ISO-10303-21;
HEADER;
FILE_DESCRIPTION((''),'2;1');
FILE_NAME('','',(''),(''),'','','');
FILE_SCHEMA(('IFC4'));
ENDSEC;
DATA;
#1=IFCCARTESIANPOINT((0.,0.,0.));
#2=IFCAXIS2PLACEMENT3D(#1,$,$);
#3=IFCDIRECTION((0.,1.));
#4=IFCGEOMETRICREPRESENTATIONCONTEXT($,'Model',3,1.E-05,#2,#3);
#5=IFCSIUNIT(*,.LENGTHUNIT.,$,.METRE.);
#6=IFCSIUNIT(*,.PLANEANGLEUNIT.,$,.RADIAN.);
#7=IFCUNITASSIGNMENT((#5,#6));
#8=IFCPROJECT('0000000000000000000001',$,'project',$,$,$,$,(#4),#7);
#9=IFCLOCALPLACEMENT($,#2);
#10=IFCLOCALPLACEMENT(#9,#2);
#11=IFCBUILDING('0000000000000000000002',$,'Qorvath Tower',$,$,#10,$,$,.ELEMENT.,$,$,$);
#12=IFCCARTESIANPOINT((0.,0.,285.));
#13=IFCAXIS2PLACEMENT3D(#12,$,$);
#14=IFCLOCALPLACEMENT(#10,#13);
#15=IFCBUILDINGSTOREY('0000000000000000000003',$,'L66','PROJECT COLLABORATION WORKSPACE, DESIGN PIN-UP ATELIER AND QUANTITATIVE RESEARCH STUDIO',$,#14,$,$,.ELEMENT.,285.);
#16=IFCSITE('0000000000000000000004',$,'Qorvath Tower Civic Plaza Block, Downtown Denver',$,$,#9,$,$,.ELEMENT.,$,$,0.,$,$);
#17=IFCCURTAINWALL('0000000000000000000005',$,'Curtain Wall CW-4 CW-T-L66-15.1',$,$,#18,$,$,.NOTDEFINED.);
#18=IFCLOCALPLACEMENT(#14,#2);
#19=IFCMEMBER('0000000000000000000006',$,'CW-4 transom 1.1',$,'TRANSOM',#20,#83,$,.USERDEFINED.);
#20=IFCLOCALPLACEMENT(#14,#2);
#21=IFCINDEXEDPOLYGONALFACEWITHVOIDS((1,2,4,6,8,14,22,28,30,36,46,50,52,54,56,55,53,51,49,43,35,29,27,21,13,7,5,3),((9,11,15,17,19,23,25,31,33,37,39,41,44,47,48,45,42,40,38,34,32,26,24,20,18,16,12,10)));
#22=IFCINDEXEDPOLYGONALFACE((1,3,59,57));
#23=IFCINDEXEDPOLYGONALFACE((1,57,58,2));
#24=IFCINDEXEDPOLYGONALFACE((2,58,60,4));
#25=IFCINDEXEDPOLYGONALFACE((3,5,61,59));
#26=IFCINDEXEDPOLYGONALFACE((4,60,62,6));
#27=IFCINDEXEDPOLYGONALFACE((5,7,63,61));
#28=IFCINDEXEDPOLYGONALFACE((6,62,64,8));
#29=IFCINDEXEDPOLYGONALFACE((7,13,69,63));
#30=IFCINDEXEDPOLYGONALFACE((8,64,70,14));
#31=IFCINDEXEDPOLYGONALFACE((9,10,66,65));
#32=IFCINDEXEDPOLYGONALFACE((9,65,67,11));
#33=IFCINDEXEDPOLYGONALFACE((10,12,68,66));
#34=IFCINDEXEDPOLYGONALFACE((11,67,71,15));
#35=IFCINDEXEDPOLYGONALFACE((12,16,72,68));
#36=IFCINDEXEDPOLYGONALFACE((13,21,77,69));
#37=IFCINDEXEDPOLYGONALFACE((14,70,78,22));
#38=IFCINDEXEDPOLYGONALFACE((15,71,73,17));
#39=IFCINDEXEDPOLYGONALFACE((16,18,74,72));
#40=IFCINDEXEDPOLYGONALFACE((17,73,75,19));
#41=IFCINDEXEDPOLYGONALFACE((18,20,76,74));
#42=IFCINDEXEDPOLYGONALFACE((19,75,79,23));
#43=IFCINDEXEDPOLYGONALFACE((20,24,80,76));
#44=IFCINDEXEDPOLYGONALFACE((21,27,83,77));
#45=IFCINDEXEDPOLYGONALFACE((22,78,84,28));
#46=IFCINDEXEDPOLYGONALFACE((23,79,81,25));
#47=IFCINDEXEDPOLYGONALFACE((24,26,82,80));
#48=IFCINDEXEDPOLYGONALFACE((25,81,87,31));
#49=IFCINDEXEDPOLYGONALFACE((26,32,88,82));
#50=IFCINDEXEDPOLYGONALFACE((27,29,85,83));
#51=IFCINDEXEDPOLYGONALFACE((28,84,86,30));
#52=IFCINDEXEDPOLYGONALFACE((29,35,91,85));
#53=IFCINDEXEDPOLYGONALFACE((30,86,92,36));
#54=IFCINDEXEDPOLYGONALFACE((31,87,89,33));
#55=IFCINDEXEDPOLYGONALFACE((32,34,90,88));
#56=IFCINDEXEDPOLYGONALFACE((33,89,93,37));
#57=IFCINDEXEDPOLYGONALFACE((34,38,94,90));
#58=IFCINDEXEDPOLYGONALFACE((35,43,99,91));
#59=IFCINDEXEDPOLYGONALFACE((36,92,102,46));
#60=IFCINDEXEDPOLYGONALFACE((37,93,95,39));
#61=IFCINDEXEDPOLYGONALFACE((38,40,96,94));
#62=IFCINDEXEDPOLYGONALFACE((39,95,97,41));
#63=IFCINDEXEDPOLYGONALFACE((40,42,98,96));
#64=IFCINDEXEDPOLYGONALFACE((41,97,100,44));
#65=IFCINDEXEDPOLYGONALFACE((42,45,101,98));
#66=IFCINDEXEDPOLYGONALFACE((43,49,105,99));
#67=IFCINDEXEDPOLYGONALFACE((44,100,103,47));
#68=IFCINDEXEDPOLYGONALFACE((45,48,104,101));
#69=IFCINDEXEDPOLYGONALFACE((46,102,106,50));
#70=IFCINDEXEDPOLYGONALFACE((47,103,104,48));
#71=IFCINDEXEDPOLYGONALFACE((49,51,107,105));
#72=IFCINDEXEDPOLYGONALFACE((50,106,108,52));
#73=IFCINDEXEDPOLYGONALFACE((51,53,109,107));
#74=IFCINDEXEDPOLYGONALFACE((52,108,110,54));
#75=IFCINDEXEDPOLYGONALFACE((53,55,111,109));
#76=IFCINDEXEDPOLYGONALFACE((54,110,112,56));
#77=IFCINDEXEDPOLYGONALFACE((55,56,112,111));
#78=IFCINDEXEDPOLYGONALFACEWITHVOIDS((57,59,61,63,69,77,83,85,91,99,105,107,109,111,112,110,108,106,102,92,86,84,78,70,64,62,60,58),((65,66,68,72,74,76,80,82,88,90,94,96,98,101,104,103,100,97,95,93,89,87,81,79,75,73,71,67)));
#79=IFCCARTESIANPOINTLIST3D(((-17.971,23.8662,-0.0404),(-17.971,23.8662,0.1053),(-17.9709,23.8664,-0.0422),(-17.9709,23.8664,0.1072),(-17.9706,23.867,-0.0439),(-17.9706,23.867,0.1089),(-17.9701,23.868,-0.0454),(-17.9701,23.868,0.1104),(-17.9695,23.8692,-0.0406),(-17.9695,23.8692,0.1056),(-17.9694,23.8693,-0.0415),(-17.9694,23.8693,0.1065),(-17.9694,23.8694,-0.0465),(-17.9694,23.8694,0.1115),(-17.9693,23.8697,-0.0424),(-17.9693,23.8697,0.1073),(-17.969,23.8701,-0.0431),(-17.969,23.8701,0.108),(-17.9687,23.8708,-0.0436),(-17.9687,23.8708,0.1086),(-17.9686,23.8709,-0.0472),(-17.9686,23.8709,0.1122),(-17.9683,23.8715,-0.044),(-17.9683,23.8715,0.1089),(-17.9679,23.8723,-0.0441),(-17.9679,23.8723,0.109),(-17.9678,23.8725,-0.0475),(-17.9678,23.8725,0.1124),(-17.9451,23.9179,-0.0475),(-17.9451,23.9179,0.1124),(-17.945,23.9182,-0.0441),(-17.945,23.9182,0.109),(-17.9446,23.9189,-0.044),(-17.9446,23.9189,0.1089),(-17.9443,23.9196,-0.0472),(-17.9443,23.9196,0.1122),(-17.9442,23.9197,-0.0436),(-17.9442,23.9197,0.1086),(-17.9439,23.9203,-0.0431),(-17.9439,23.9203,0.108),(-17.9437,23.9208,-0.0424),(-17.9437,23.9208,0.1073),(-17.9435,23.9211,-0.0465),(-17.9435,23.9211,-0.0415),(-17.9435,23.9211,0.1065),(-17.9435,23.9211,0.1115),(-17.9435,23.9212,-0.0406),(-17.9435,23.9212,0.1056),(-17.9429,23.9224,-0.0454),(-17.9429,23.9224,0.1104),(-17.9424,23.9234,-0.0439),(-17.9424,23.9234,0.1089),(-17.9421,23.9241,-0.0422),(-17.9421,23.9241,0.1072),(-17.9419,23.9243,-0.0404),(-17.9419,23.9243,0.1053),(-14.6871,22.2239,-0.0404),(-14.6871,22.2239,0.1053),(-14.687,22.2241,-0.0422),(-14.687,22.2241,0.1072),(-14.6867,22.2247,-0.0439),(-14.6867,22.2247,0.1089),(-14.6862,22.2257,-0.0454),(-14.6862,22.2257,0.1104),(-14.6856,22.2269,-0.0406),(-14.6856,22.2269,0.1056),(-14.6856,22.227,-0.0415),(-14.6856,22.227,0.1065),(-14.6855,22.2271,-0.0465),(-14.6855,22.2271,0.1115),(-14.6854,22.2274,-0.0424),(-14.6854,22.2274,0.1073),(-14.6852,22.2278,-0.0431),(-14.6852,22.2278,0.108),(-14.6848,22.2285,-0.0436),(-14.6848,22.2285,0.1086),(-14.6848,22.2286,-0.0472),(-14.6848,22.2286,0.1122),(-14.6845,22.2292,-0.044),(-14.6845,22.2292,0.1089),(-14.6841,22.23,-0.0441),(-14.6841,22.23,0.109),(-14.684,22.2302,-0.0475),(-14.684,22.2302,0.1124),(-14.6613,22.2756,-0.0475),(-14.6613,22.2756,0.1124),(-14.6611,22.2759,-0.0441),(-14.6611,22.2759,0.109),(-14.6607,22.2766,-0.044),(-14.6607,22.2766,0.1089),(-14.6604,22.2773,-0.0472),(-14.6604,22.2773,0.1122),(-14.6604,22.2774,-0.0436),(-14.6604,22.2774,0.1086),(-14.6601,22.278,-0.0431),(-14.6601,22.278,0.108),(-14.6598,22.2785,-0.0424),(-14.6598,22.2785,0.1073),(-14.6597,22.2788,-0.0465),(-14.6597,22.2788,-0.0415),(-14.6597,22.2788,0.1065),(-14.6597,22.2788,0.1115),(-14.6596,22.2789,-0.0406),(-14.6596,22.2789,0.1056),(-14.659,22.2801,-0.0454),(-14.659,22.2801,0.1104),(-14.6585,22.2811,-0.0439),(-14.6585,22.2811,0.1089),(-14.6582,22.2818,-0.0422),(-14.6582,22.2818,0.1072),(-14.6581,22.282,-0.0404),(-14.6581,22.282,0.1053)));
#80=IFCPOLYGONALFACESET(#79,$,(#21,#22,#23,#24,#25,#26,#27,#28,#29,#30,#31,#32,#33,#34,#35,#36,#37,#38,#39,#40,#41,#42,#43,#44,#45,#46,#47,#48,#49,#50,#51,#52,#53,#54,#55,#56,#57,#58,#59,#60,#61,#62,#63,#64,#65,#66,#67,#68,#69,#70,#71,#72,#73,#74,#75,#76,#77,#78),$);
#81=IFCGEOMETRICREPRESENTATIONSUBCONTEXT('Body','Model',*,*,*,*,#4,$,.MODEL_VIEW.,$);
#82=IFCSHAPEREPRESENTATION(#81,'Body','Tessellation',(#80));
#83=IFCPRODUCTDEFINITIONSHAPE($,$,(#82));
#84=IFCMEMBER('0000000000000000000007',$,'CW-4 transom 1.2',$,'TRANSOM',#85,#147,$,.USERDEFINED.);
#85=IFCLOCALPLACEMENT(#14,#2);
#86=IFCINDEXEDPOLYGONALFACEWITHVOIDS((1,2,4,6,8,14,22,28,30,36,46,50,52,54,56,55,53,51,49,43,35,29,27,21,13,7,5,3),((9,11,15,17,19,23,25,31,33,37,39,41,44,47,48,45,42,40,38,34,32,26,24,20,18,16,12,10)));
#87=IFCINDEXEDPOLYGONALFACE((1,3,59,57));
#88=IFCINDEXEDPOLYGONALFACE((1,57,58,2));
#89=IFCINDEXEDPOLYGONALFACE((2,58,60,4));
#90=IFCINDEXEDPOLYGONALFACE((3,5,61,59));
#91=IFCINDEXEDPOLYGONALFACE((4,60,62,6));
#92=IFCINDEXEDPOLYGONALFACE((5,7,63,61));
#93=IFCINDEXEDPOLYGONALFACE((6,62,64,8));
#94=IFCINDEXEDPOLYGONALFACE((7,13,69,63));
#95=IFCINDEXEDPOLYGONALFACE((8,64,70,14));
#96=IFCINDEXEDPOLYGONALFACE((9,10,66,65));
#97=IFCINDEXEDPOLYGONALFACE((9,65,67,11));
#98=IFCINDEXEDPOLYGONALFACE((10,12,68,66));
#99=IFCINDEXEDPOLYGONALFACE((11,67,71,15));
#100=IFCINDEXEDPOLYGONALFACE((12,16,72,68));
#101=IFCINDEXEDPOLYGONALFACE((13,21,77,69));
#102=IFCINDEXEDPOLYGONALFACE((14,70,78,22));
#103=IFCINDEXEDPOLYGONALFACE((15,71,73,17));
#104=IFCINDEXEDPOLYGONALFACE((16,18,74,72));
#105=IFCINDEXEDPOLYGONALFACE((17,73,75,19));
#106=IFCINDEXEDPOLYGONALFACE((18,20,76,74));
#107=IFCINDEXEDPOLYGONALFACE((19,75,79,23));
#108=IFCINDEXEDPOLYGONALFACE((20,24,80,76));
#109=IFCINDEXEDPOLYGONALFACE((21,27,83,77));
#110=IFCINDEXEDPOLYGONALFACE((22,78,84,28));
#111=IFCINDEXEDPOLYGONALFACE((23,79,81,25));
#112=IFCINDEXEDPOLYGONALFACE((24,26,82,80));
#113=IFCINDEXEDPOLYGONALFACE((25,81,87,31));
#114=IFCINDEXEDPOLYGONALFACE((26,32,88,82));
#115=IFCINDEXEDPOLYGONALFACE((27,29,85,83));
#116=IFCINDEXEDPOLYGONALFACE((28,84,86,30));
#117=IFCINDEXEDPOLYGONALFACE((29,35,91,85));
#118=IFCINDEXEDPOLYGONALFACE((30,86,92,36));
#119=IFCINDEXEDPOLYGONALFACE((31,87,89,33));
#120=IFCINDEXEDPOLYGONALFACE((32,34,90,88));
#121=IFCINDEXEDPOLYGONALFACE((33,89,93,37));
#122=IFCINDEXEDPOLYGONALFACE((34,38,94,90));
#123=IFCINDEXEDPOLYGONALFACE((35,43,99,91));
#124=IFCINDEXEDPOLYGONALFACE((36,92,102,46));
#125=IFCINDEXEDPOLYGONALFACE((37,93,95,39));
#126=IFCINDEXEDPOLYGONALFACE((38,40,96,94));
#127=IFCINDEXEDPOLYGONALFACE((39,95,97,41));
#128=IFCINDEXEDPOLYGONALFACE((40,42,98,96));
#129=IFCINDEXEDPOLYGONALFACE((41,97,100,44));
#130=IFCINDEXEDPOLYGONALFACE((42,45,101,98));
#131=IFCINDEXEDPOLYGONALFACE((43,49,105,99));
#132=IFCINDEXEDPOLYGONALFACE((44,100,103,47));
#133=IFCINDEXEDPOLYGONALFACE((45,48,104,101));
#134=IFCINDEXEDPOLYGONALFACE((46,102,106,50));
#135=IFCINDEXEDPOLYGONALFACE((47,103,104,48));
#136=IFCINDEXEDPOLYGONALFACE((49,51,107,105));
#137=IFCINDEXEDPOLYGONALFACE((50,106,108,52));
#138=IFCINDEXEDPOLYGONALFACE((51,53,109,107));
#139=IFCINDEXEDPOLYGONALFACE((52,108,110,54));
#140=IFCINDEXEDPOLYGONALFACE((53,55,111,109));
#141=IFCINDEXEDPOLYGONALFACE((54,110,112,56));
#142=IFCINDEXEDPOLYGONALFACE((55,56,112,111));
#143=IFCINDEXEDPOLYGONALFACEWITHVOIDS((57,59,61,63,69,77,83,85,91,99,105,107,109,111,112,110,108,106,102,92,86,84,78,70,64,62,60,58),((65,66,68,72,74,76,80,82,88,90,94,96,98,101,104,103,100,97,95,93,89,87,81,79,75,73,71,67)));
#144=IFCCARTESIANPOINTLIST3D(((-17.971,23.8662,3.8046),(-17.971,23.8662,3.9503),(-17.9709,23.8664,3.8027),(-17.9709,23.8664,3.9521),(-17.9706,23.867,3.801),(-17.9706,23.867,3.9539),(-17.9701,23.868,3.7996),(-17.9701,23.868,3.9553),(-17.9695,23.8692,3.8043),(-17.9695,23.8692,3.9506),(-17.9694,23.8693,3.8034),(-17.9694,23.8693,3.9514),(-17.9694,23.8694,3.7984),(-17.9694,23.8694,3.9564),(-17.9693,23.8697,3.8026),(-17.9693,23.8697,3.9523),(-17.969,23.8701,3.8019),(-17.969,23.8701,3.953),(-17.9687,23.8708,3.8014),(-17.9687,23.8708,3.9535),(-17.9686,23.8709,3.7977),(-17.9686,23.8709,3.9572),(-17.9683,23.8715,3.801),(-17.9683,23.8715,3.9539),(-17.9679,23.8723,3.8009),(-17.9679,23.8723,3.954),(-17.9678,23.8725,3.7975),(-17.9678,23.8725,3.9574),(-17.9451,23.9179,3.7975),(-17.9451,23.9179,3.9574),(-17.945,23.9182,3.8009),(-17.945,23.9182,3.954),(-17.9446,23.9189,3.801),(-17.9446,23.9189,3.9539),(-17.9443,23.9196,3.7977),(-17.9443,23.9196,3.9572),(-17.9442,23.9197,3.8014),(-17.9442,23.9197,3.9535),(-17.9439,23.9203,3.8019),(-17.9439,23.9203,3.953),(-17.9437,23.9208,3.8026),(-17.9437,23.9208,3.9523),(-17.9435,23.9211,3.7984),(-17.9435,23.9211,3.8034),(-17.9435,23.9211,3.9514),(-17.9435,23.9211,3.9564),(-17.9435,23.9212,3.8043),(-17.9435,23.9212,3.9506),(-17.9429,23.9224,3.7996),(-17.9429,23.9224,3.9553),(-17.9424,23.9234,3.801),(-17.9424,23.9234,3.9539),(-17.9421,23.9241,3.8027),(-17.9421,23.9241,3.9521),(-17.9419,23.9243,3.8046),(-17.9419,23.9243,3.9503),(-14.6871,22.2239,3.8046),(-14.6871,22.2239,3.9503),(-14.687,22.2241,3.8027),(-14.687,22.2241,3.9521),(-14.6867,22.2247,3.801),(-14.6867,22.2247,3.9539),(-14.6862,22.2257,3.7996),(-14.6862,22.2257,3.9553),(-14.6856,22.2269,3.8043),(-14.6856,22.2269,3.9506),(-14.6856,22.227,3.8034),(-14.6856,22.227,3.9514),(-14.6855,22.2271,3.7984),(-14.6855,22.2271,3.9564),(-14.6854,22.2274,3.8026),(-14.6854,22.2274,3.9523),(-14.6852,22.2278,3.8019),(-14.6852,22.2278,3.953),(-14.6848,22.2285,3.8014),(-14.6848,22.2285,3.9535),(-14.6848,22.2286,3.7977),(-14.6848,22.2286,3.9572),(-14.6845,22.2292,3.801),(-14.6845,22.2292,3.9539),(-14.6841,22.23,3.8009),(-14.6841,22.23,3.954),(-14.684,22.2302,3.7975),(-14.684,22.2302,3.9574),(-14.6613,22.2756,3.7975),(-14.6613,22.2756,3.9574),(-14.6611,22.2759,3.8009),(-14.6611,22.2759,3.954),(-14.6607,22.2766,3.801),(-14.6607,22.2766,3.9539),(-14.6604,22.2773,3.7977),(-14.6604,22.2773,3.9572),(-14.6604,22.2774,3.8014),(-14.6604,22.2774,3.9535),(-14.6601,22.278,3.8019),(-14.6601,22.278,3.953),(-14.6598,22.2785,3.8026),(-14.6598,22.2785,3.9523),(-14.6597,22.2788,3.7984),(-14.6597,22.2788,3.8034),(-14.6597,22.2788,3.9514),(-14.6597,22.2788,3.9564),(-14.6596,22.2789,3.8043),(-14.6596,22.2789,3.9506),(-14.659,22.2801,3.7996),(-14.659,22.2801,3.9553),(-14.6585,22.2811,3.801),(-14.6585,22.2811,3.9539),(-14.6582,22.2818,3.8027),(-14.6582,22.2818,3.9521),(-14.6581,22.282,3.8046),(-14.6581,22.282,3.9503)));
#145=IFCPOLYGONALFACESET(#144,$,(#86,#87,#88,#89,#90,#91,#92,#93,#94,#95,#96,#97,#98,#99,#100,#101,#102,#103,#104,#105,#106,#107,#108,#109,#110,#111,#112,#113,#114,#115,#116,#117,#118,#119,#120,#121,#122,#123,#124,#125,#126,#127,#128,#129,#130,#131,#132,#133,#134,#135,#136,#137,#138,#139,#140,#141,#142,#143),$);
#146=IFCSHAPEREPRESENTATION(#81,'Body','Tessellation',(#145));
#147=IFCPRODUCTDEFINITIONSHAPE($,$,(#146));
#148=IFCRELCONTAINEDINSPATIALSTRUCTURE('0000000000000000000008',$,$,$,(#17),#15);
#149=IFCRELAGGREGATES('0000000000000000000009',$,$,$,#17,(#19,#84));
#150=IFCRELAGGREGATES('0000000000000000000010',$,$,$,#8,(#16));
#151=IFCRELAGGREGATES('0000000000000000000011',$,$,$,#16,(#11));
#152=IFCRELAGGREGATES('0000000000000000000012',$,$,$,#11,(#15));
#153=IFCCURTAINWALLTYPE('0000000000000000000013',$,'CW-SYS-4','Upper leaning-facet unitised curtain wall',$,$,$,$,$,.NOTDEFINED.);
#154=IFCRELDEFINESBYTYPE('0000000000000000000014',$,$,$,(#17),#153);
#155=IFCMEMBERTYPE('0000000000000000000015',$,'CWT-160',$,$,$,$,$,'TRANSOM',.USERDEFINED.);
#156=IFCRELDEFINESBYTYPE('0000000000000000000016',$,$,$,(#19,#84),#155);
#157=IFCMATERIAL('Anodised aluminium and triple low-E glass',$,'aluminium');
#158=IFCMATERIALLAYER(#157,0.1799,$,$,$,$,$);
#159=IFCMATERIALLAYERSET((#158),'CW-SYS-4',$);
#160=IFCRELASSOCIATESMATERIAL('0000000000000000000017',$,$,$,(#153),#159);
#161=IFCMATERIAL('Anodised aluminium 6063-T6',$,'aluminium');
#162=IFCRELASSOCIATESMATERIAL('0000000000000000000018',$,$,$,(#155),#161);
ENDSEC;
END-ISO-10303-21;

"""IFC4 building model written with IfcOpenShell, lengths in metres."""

from ifc_helpers import new_model, si_unit, direction, frame, origin, origin_2d, place, context, subcontext, project, spatial, hollow_rectangle, extrude, material, layer, layer_set, material_profile, profile_set, type_object, element, aggregate, save


model = new_model("IFC4")

# Units and contexts
model_context = context("Model", 3, precision=1e-05, world=origin(), true_north=direction((0.0, 1.0)))
body_context = subcontext(model_context, "Body", "Model", "MODEL_VIEW")
ifc_project = project(units=[si_unit("LENGTHUNIT", "METRE"), si_unit("PLANEANGLEUNIT", "RADIAN")], contexts=[model_context])

# Site, building, storey
site_placement = place(None, origin())
site = spatial("IfcSite", under=ifc_project, at=site_placement, Name="Qorvath Tower Civic Plaza Block, Downtown Denver", CompositionType="ELEMENT", RefElevation=0.0)
building_placement = place(site_placement, origin())
building = spatial("IfcBuilding", under=site, at=building_placement, Name="Qorvath Tower", CompositionType="ELEMENT")
storey_placement = place(building_placement, frame((0.0, 0.0, 285.0)))
storey = spatial("IfcBuildingStorey", under=building, at=storey_placement, Name="L66", Description="PROJECT COLLABORATION WORKSPACE, DESIGN PIN-UP ATELIER AND QUANTITATIVE RESEARCH STUDIO", CompositionType="ELEMENT", Elevation=285.0)

# Shared definitions
ifc_material_1 = material(Name="Anodised aluminium and triple low-E glass", Category="aluminium")
ifc_layer_1 = layer(ifc_material_1, 0.1799)
ifc_layer_set_1 = layer_set([ifc_layer_1], Name="CW-SYS-4")
curtain_wall_type = type_object("IfcCurtainWallType", Name="CW-SYS-4", Description="Upper leaning-facet unitised curtain wall", PredefinedType="NOTDEFINED", material=ifc_layer_set_1)

# Curtain wall
curtain_wall_1_placement = place(storey_placement, origin())
curtain_wall_1 = element("IfcCurtainWall", 1, at=curtain_wall_1_placement, inside=storey, type_object=curtain_wall_type, Name="Curtain Wall CW-4 CW-T-L66-15.1", PredefinedType="NOTDEFINED")

# Members
ifc_material_2 = material(Name="Anodised aluminium 6063-T6", Category="aluminium")
ifc_material_profile_1 = material_profile(ifc_material_2, hollow_rectangle(XDim=0.0649, YDim=0.1599, WallThickness=0.0034, InnerFilletRadius=0.0034, OuterFilletRadius=0.0071, at=origin_2d()), Name="CWT 160x65")
ifc_profile_set_1 = profile_set([ifc_material_profile_1], Name="Anodised aluminium 6063-T6")
member_type_1 = type_object("IfcMemberType", Name="CWT-160", ElementType="TRANSOM", PredefinedType="USERDEFINED", material=ifc_profile_set_1)
member_1_placement = place(storey_placement, frame((-14.6726, 22.2529, 0.0325), z_axis=(-0.894387, 0.447293, 0.0), x_axis=(-0.447293, -0.894387, 0.0)))
member_1 = element("IfcMember", 2, at=member_1_placement, type_object=member_type_1, Name="CW-4 transom 1.1", ObjectType="TRANSOM", PredefinedType="USERDEFINED", context=body_context, shape_type="SweptSolid", body=[
    extrude(hollow_rectangle(XDim=0.0649, YDim=0.1599, WallThickness=0.0034, InnerFilletRadius=0.0034, OuterFilletRadius=0.0071, at=origin_2d()), origin(), (0.0, 0.0, 1.0), 3.6716),
])
member_2_placement = place(storey_placement, frame((-14.6726, 22.2529, 3.8774), z_axis=(-0.894387, 0.447293, 0.0), x_axis=(-0.447293, -0.894387, 0.0)))
member_2 = element("IfcMember", 3, at=member_2_placement, type_object=member_type_1, Name="CW-4 transom 1.2", ObjectType="TRANSOM", PredefinedType="USERDEFINED", context=body_context, shape_type="SweptSolid", body=[
    extrude(hollow_rectangle(XDim=0.0649, YDim=0.1599, WallThickness=0.0034, InnerFilletRadius=0.0034, OuterFilletRadius=0.0071, at=origin_2d()), origin(), (0.0, 0.0, 1.0), 3.6716),
])

aggregate(curtain_wall_1, [member_1, member_2])

save(model, "model.ifc")
